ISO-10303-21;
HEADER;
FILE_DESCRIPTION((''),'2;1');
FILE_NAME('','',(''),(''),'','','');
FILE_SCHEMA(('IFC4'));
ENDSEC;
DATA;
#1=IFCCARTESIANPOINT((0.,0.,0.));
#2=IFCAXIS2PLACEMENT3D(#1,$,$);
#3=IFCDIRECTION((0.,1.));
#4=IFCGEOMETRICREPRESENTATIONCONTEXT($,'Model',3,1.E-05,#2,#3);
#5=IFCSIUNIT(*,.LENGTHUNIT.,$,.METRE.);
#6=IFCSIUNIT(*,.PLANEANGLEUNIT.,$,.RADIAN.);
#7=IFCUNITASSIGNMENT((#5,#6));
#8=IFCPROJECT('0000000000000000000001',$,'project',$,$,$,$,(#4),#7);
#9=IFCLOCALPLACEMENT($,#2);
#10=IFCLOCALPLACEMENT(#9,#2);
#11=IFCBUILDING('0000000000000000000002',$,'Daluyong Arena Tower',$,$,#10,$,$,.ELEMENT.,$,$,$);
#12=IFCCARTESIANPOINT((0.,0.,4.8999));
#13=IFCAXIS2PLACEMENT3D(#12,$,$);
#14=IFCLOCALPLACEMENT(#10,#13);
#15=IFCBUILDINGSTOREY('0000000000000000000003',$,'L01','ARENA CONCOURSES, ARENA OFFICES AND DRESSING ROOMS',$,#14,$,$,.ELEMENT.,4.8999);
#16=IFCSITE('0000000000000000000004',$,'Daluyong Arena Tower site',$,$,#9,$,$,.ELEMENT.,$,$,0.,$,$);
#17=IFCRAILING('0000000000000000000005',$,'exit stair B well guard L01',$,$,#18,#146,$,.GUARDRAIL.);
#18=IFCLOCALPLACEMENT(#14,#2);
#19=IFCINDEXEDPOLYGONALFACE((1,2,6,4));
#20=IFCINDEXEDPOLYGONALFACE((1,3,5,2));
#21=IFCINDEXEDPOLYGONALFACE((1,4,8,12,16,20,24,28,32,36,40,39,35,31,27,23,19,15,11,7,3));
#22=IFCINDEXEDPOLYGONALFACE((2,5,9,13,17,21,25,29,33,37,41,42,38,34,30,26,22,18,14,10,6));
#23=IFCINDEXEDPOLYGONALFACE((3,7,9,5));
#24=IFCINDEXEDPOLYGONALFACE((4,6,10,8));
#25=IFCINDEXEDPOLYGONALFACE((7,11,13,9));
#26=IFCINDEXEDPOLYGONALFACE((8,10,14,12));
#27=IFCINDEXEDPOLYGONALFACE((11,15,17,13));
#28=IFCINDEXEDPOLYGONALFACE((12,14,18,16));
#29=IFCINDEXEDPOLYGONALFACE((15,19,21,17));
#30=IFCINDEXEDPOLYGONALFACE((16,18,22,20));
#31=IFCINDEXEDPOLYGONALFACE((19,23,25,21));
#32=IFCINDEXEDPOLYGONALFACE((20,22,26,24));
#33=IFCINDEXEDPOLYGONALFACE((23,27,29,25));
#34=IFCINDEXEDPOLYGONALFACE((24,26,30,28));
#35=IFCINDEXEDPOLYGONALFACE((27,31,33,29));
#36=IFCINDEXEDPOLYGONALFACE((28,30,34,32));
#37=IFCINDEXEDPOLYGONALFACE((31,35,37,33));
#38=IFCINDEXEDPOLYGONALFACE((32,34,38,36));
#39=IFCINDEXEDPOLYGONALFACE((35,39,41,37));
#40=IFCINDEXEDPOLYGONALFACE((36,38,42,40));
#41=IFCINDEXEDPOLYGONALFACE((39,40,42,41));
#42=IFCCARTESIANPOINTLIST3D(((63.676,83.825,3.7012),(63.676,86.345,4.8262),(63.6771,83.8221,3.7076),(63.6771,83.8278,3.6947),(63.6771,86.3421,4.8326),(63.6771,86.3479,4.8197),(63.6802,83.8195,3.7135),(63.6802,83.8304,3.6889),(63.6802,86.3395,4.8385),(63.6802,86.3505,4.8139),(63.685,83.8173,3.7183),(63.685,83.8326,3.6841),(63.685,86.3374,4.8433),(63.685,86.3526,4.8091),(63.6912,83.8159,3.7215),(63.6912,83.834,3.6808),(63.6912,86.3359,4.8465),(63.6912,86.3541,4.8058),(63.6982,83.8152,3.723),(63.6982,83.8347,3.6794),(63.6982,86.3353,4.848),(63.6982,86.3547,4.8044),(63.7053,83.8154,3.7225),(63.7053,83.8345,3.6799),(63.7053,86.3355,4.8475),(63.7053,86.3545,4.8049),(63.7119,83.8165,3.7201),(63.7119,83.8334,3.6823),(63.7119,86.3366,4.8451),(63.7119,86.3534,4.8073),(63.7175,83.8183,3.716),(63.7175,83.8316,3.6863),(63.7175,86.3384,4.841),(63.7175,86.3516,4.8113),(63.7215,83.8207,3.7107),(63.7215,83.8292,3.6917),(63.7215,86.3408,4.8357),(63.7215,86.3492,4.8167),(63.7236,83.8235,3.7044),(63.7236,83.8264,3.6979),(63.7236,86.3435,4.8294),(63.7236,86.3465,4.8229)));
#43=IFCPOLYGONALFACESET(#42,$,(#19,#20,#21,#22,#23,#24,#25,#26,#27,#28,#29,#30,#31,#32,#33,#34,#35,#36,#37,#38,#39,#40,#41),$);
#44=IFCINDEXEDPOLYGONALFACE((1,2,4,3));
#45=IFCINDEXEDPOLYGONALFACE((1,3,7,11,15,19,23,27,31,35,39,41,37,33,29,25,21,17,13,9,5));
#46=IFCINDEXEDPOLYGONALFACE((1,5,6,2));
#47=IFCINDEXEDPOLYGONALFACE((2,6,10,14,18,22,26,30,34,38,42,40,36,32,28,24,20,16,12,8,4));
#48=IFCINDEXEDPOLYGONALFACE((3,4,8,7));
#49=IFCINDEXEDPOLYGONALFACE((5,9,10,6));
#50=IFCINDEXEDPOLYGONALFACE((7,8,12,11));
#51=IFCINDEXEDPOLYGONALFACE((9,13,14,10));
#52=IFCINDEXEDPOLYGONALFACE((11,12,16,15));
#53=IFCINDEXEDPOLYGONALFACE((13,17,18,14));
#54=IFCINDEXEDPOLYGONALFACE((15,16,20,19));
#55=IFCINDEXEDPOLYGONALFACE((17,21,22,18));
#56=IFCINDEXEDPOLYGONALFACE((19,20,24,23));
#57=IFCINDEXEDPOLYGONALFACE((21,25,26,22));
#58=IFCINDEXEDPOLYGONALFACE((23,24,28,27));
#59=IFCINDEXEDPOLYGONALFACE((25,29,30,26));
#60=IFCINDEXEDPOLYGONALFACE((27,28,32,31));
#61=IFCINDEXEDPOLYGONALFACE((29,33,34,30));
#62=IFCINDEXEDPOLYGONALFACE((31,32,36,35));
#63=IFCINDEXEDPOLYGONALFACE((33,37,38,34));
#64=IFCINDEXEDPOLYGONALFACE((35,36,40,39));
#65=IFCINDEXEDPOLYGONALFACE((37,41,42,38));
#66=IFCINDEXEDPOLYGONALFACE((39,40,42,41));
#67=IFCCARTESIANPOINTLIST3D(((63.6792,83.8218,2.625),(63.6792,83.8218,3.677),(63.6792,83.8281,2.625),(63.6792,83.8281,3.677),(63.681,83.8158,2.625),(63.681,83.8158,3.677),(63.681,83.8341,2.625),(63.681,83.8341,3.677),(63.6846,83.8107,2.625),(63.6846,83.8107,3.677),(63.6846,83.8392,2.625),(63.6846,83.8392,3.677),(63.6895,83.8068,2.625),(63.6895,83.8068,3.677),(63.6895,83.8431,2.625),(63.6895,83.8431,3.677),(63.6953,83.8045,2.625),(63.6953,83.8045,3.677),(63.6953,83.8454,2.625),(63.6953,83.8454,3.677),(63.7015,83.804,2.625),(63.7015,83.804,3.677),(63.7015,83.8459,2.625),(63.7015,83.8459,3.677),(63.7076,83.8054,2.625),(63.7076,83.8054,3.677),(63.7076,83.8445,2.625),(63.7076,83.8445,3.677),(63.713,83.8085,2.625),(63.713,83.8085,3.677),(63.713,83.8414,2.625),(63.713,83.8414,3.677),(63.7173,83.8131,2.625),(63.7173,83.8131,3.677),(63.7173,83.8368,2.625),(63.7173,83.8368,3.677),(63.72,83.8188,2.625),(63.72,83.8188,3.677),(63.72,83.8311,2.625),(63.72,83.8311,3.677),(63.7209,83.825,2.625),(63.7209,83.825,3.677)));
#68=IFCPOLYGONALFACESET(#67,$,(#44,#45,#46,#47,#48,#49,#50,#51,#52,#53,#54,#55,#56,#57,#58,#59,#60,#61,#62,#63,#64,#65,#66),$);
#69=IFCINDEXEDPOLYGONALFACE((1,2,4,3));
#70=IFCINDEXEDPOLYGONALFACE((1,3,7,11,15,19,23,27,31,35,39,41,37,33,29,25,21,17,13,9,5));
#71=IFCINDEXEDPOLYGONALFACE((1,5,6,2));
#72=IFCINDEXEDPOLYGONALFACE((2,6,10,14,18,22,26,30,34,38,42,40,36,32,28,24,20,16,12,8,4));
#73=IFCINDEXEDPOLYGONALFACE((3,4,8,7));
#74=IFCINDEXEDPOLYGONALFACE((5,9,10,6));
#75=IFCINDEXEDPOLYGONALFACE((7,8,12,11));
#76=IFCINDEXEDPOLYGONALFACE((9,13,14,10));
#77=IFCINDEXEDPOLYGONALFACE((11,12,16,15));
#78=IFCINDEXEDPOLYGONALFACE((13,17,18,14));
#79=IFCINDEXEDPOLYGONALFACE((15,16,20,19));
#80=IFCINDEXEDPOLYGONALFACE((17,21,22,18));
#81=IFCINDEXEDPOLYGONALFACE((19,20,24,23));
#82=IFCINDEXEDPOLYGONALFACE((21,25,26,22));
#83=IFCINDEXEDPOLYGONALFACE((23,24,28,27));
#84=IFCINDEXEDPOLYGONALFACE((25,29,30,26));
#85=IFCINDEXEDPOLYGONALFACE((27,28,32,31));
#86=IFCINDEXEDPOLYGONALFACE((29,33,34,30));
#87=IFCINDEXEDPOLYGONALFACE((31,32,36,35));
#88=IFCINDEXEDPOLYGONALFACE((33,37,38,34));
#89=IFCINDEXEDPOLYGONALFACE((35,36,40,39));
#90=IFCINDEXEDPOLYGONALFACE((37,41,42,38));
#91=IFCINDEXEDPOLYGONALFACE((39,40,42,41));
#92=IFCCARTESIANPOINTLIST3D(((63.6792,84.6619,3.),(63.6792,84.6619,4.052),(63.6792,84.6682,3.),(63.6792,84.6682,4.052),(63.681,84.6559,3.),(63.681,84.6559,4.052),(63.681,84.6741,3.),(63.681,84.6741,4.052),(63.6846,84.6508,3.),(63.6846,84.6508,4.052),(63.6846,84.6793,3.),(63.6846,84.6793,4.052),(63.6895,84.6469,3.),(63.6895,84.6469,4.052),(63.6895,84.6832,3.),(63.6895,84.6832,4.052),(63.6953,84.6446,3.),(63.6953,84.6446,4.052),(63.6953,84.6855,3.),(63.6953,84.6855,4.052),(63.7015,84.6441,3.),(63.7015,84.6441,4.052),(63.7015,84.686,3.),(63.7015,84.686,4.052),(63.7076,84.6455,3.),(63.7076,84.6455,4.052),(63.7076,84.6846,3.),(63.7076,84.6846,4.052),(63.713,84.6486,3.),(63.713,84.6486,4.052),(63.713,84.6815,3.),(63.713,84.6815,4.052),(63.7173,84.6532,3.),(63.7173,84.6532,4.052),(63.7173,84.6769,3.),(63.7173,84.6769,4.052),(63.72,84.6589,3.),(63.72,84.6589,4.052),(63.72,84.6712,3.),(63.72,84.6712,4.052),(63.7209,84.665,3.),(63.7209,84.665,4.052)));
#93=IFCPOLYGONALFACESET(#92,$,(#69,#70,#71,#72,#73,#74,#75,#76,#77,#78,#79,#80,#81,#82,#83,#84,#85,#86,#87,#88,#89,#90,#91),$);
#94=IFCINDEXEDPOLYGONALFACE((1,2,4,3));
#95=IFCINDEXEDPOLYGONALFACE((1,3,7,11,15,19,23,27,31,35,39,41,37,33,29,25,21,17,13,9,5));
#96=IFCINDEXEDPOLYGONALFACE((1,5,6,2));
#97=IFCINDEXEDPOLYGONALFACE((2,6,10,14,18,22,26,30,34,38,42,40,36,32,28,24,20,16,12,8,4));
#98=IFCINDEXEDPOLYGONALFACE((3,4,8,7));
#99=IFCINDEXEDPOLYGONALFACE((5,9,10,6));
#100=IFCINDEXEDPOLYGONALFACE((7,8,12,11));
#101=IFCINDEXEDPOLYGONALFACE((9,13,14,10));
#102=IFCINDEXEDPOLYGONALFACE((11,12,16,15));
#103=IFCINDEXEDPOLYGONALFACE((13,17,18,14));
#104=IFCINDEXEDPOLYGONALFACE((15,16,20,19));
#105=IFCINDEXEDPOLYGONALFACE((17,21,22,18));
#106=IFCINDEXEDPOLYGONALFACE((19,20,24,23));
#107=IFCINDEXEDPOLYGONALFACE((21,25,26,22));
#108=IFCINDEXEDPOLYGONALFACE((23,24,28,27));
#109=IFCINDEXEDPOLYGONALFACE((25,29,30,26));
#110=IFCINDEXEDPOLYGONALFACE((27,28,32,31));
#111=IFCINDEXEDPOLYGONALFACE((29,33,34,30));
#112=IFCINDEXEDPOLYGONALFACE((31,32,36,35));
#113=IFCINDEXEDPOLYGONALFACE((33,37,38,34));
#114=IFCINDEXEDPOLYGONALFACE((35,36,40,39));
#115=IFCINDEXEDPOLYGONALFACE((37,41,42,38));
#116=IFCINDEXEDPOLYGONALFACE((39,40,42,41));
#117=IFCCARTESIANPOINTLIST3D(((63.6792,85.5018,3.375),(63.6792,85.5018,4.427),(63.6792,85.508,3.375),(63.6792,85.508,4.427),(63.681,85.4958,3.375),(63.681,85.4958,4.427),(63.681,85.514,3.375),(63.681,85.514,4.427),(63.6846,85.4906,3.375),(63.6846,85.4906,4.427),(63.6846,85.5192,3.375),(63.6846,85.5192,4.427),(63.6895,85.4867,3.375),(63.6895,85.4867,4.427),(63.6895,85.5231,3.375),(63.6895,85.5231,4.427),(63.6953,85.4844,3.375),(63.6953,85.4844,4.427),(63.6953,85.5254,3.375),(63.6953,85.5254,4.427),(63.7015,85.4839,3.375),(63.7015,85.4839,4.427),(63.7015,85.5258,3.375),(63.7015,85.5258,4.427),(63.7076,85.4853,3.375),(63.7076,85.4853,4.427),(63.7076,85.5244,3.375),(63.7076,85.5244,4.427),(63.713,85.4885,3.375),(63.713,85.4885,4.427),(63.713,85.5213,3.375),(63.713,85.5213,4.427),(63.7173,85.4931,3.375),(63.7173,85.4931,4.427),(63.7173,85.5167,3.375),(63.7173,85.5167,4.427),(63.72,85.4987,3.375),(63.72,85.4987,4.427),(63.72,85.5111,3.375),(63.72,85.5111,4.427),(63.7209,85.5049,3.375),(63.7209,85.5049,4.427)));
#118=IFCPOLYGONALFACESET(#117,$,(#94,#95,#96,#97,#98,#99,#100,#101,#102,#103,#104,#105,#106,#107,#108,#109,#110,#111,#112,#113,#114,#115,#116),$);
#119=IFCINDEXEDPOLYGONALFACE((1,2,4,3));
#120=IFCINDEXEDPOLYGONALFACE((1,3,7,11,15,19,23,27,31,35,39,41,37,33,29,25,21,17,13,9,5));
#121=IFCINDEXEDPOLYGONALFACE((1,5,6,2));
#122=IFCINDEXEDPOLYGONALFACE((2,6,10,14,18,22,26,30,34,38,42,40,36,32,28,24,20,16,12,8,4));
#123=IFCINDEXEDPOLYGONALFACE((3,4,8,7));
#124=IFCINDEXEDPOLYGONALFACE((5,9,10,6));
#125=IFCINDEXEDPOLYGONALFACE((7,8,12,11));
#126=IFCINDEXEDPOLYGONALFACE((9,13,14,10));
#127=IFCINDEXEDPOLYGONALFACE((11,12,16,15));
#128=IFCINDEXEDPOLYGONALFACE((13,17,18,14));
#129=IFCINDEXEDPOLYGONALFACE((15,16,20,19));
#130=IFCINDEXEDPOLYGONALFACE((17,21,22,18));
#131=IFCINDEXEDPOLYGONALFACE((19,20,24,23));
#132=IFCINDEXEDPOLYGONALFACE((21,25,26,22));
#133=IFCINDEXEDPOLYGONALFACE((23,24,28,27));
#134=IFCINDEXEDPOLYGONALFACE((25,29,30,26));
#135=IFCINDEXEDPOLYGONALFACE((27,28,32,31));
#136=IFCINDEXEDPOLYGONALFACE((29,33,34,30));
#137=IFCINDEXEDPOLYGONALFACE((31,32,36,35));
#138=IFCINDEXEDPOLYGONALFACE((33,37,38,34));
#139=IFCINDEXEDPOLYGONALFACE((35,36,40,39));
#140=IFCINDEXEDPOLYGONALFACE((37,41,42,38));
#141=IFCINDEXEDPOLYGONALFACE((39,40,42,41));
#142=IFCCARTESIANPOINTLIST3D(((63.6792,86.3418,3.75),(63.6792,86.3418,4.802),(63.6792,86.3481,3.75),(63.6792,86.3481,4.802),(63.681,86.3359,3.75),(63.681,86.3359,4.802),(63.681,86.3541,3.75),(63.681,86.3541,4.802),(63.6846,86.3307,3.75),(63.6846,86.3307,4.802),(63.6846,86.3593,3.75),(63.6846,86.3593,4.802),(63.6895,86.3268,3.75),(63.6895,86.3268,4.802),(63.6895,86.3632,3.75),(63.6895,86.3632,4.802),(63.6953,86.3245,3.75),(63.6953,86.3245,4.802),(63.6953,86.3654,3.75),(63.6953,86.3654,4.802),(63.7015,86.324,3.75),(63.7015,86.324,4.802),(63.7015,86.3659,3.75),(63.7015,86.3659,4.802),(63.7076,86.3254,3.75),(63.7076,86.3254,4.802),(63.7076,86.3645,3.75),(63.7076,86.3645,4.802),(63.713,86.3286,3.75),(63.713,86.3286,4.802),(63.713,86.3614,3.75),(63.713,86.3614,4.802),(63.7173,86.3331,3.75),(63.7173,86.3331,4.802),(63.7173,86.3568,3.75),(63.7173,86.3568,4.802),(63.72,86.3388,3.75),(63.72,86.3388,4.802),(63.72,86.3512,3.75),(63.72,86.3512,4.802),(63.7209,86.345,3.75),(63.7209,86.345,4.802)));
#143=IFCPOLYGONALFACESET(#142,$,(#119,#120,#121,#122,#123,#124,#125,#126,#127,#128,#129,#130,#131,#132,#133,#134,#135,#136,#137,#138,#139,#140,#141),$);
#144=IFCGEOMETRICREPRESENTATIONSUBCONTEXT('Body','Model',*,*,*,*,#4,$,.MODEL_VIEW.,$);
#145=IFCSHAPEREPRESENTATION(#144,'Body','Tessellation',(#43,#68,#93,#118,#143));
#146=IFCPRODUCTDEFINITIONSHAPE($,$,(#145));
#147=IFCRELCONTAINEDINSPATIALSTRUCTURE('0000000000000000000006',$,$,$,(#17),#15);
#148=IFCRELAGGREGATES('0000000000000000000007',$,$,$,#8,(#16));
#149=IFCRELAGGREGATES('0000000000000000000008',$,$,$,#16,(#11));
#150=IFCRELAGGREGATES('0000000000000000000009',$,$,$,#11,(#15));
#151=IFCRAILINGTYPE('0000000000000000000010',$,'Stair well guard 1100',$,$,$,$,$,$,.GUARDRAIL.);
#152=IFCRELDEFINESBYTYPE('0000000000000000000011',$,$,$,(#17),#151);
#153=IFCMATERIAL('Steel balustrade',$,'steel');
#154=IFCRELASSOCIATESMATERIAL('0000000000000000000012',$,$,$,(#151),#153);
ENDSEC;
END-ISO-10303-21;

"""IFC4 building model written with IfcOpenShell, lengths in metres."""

from ifc_helpers import new_model, si_unit, direction, frame, origin, origin_2d, place, context, subcontext, project, spatial, circle, extrude, material, type_object, element, save


model = new_model("IFC4")

# Units and contexts
model_context = context("Model", 3, precision=1e-05, world=origin(), true_north=direction((0.0, 1.0)))
body_context = subcontext(model_context, "Body", "Model", "MODEL_VIEW")
ifc_project = project(units=[si_unit("LENGTHUNIT", "METRE"), si_unit("PLANEANGLEUNIT", "RADIAN")], contexts=[model_context])

# Site, building, storey
site_placement = place(None, origin())
site = spatial("IfcSite", under=ifc_project, at=site_placement, Name="Daluyong Arena Tower site", CompositionType="ELEMENT", RefElevation=0.0)
building_placement = place(site_placement, origin())
building = spatial("IfcBuilding", under=site, at=building_placement, Name="Daluyong Arena Tower", CompositionType="ELEMENT")
storey_placement = place(building_placement, frame((0.0, 0.0, 4.8999)))
storey = spatial("IfcBuildingStorey", under=building, at=storey_placement, Name="L01", Description="ARENA CONCOURSES, ARENA OFFICES AND DRESSING ROOMS", CompositionType="ELEMENT", Elevation=4.8999)

# Railing
ifc_material_1 = material(Name="Steel balustrade", Category="steel")
railing_type = type_object("IfcRailingType", Name="Stair well guard 1100", PredefinedType="GUARDRAIL", material=ifc_material_1)
for number, where, name in (
    (1, (63.7, 83.825, 2.625), "exit stair B well guard L01"),
):
    element("IfcRailing", number, at=place(storey_placement, frame(where)), inside=storey, type_object=railing_type, Name=name, PredefinedType="GUARDRAIL", context=body_context, shape_type="SweptSolid", body=[
        extrude(circle(Radius=0.0239, at=origin_2d()), frame((0.0, 0.0, 1.0762), z_axis=(0.0, 0.913139, 0.407648), x_axis=(-1.0, 0.0, 0.0)), (0.0, 0.0, 1.0), 2.7598),
        extrude(circle(Radius=0.021, at=origin_2d()), origin(), (0.0, 0.0, 1.0), 1.052),
        extrude(circle(Radius=0.021, at=origin_2d()), frame((0.0, 0.8401, 0.375)), (0.0, 0.0, 1.0), 1.052),
        extrude(circle(Radius=0.021, at=origin_2d()), frame((0.0, 1.6799, 0.75)), (0.0, 0.0, 1.0), 1.052),
        extrude(circle(Radius=0.021, at=origin_2d()), frame((0.0, 2.52, 1.125)), (0.0, 0.0, 1.0), 1.052),
    ])

save(model, "model.ifc")
